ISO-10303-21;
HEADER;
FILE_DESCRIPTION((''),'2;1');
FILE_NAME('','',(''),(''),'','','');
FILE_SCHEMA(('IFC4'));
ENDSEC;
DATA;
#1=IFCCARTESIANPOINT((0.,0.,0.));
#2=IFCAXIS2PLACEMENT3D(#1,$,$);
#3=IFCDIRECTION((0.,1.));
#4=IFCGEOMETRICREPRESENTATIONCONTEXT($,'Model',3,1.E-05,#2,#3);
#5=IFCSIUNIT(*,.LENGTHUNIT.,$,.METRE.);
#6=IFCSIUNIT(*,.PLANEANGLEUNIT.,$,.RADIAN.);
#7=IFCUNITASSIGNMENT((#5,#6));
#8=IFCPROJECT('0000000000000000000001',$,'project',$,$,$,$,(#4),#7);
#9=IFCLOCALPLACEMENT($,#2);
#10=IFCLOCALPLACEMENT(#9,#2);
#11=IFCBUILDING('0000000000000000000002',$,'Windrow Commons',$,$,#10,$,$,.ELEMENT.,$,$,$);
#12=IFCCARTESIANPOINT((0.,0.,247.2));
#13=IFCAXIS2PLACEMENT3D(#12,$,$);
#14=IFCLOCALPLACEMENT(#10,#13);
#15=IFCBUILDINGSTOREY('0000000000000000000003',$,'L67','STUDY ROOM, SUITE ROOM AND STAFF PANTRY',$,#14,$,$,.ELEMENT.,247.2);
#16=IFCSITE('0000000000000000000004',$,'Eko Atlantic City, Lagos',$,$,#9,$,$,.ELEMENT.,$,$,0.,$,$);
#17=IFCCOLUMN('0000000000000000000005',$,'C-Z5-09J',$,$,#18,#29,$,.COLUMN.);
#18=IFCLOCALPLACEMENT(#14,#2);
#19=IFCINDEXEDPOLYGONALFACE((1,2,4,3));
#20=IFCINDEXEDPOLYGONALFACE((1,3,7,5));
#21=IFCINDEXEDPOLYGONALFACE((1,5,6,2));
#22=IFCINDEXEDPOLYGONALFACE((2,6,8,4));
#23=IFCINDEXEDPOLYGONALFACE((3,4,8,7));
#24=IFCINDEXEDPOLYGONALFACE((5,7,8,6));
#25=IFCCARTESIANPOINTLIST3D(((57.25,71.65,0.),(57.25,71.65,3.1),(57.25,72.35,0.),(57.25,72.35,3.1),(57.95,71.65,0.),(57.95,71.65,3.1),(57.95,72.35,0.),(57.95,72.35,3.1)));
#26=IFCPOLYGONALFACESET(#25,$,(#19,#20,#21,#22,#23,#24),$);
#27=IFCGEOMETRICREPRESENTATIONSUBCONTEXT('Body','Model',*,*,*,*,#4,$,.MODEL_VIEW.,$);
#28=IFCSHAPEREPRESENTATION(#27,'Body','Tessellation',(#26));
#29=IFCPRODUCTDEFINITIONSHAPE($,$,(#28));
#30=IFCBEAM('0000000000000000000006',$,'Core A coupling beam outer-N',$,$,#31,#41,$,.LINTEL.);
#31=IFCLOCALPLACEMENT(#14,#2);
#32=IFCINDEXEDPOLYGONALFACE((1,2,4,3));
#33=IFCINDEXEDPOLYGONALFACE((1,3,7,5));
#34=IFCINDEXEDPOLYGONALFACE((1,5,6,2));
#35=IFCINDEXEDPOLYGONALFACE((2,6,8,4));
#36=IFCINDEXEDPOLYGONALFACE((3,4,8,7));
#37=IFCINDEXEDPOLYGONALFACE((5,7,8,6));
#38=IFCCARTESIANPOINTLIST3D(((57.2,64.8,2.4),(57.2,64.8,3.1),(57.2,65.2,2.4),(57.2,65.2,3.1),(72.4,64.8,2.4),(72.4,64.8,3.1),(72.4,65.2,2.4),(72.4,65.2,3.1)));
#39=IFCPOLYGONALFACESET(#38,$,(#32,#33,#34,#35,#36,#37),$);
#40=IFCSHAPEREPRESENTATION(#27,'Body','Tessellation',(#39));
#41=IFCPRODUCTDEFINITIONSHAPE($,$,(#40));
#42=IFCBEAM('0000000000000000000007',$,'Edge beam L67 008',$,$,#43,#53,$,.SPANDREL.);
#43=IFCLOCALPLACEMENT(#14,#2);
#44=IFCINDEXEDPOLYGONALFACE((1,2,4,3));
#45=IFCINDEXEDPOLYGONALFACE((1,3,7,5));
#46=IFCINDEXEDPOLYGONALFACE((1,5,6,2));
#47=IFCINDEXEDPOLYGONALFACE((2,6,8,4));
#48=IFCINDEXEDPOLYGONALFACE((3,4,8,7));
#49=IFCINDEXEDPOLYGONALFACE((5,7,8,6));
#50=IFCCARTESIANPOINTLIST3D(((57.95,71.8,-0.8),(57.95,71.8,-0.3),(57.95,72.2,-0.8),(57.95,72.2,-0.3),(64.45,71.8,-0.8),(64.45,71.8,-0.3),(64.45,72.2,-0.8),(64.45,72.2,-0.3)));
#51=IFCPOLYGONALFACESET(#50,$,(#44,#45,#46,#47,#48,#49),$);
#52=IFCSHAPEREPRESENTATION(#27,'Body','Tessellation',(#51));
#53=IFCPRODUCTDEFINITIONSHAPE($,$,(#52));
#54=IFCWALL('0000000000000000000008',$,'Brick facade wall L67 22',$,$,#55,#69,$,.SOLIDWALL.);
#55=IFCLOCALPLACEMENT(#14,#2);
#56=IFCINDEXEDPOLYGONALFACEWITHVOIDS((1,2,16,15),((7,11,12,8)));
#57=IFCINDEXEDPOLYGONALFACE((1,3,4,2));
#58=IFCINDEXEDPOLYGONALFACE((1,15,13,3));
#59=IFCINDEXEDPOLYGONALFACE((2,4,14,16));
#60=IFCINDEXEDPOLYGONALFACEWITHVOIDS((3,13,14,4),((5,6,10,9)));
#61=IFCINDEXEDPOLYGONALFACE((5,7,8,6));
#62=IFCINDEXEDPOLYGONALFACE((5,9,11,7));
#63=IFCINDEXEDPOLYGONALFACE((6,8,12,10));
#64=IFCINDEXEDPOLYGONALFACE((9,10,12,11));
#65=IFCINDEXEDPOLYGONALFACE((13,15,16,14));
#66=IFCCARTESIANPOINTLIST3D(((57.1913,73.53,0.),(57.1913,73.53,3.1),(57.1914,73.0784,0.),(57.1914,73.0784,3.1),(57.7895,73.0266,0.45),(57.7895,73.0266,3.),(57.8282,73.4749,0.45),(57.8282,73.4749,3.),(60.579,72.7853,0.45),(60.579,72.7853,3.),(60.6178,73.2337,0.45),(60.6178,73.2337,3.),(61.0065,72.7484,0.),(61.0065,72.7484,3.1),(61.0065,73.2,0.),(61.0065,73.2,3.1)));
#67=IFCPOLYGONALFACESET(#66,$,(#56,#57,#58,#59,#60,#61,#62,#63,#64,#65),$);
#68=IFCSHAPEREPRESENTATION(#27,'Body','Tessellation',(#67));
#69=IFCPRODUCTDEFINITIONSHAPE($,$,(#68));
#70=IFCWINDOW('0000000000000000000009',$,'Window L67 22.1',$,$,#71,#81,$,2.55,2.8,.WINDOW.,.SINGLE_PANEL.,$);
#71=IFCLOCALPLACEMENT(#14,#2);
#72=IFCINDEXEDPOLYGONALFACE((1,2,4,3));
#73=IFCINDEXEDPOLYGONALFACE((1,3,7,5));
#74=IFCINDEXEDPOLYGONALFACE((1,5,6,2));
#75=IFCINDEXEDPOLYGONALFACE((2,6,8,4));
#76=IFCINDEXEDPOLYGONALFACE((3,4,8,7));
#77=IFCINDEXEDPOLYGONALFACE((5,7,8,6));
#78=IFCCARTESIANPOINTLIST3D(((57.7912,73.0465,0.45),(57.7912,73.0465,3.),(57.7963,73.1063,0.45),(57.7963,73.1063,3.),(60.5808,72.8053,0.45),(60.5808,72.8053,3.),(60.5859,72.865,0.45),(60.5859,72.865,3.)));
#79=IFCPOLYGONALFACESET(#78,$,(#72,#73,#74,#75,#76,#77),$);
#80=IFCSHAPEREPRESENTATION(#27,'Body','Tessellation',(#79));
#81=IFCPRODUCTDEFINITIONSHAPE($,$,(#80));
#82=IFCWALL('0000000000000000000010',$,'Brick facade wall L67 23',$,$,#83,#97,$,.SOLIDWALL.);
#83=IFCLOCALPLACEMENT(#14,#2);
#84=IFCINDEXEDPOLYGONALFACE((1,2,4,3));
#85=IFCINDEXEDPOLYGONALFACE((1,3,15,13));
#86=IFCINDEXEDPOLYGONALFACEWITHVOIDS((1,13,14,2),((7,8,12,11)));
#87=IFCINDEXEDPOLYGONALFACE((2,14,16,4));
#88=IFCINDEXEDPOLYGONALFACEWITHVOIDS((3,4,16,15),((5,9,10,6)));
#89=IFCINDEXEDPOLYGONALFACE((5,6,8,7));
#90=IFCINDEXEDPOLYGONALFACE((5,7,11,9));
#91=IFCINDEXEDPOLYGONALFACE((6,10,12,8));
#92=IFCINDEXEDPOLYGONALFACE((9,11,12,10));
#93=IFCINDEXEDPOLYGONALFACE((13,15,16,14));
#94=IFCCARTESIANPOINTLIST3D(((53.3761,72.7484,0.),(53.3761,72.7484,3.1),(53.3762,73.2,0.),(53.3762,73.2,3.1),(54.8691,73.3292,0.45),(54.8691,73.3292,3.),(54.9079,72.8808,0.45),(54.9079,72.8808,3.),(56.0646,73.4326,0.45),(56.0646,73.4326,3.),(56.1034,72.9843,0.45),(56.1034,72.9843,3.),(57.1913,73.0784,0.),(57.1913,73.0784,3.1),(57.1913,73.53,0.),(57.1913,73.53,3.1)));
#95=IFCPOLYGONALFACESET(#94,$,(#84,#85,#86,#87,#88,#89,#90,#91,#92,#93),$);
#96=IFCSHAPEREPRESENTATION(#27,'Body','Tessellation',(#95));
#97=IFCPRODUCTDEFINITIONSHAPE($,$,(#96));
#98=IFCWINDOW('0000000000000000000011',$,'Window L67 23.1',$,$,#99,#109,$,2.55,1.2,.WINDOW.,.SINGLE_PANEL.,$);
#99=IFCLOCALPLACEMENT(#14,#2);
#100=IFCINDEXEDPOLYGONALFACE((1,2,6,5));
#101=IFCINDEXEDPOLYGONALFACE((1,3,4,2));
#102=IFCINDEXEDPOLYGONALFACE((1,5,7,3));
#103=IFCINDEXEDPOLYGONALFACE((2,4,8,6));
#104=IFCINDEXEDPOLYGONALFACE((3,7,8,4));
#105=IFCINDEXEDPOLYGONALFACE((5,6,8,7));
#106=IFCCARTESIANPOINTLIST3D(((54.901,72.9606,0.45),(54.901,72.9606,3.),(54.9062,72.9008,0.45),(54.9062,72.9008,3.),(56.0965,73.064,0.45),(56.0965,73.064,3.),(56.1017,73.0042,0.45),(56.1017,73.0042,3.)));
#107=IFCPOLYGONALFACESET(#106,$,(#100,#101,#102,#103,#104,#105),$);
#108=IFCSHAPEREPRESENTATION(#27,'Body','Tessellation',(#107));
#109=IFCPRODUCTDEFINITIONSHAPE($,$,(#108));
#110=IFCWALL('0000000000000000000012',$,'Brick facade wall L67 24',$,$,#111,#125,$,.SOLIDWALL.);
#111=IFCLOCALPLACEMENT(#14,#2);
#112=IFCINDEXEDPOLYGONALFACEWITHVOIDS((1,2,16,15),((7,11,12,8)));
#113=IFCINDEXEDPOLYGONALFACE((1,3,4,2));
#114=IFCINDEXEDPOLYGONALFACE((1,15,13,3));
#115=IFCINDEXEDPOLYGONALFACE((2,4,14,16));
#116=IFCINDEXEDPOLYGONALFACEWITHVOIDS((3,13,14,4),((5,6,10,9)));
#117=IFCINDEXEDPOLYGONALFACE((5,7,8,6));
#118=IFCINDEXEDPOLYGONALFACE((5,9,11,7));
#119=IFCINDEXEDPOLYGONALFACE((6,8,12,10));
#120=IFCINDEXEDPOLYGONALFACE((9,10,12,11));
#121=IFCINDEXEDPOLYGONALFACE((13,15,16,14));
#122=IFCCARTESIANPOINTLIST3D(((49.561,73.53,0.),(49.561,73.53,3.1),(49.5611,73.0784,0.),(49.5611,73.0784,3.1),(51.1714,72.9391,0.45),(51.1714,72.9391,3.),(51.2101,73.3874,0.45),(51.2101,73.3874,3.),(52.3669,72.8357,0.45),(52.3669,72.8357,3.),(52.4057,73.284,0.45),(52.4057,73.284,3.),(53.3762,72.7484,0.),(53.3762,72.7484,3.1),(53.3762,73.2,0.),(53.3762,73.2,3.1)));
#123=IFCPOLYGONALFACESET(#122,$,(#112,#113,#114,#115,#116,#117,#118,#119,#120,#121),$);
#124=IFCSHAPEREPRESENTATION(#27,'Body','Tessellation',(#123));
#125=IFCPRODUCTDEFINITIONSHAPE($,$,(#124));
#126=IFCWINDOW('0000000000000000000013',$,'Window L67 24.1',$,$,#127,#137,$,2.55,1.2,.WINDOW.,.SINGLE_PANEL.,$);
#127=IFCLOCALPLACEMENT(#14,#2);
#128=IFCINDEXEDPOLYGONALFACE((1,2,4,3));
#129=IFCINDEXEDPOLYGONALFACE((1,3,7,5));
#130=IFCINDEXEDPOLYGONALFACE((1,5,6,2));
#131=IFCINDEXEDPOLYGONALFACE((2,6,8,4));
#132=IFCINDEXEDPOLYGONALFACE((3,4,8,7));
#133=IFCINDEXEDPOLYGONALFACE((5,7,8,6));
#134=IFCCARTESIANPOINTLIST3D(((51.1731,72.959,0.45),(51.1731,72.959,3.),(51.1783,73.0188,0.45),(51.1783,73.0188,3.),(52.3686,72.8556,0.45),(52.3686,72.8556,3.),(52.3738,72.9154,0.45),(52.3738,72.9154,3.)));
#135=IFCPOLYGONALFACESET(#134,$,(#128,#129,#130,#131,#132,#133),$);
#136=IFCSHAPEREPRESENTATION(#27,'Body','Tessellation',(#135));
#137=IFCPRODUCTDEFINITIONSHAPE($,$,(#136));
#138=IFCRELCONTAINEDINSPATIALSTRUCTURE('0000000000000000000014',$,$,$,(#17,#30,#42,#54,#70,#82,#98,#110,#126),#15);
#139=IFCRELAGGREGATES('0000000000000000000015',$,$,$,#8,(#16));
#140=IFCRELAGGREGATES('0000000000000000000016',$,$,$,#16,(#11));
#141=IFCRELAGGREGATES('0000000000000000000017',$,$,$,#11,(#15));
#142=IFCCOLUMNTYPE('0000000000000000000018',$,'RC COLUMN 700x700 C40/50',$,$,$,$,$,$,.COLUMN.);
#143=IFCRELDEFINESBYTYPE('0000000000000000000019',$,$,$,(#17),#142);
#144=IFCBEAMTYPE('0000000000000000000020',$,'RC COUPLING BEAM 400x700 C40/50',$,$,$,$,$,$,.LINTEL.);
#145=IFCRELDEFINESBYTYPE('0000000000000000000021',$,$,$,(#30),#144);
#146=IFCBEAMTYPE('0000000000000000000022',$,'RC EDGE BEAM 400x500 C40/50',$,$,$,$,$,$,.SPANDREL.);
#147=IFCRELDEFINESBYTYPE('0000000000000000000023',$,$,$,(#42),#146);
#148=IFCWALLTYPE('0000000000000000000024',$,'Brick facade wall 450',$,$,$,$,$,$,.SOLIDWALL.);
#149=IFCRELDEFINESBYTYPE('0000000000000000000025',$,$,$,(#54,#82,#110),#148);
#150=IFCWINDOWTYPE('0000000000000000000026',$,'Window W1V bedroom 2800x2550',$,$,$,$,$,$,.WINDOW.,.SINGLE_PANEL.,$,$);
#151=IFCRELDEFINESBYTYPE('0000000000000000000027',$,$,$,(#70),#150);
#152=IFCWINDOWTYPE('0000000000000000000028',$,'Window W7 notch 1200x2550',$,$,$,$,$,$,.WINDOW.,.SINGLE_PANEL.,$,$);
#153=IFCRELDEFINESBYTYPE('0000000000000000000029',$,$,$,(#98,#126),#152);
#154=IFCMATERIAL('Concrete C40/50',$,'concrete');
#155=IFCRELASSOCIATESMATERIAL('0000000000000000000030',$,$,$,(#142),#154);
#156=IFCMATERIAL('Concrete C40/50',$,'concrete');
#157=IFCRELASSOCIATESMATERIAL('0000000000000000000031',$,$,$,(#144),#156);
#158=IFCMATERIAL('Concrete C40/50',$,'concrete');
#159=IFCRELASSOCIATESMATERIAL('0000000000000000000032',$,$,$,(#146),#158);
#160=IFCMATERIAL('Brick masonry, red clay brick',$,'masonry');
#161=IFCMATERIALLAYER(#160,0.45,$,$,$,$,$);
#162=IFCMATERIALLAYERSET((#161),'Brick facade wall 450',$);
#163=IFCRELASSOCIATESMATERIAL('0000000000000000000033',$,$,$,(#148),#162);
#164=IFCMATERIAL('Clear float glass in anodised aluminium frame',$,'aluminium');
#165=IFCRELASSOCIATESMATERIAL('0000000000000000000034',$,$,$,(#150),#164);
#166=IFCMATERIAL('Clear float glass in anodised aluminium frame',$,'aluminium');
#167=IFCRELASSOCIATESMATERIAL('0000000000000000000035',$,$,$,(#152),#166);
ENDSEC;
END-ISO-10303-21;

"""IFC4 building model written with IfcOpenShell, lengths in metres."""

from ifc_helpers import new_model, si_unit, direction, frame, frame_2d, origin, origin_2d, place, context, subcontext, project, spatial, polyline, rectangle, outline, extrude, material, layer, layer_set, material_profile, profile_set, type_object, element, fill, save


model = new_model("IFC4")

# Units and contexts
model_context = context("Model", 3, precision=1e-05, world=origin(), true_north=direction((0.0, 1.0)))
body_context = subcontext(model_context, "Body", "Model", "MODEL_VIEW")
ifc_project = project(units=[si_unit("LENGTHUNIT", "METRE"), si_unit("PLANEANGLEUNIT", "RADIAN")], contexts=[model_context])

# Site, building, storey
site_placement = place(None, origin())
site = spatial("IfcSite", under=ifc_project, at=site_placement, Name="Eko Atlantic City, Lagos", CompositionType="ELEMENT", RefElevation=0.0)
building_placement = place(site_placement, origin())
building = spatial("IfcBuilding", under=site, at=building_placement, Name="Windrow Commons", CompositionType="ELEMENT")
storey_placement = place(building_placement, frame((0.0, 0.0, 247.2)))
storey = spatial("IfcBuildingStorey", under=building, at=storey_placement, Name="L67", Description="STUDY ROOM, SUITE ROOM AND STAFF PANTRY", CompositionType="ELEMENT", Elevation=247.2)

# Column
ifc_material_1 = material(Name="Concrete C40/50", Category="concrete")
ifc_material_profile_1 = material_profile(ifc_material_1, rectangle(XDim=0.7, YDim=0.7, at=origin_2d()))
ifc_profile_set_1 = profile_set([ifc_material_profile_1], Name="Concrete C40/50")
column_type = type_object("IfcColumnType", Name="RC COLUMN 700x700 C40/50", PredefinedType="COLUMN", material=ifc_profile_set_1)
column_placement = place(storey_placement, frame((57.6, 72.0, 0.0), z_axis=(0.0, 0.0, 1.0), x_axis=(1.0, 0.0, 0.0)))
element("IfcColumn", 1, at=column_placement, inside=storey, type_object=column_type, Name="C-Z5-09J", PredefinedType="COLUMN", context=body_context, shape_type="SweptSolid", body=[
    extrude(rectangle(XDim=0.7, YDim=0.7, at=origin_2d()), origin(), (0.0, 0.0, 1.0), 3.1),
])

# Beams
ifc_material_2 = material(Name="Concrete C40/50", Category="concrete")
ifc_material_profile_2 = material_profile(ifc_material_2, rectangle(XDim=0.4, YDim=0.7, at=origin_2d()))
ifc_profile_set_2 = profile_set([ifc_material_profile_2], Name="Concrete C40/50")
beam_type_1 = type_object("IfcBeamType", Name="RC COUPLING BEAM 400x700 C40/50", PredefinedType="LINTEL", material=ifc_profile_set_2)
beam_1_placement = place(storey_placement, frame((57.2, 65.0, 2.75), z_axis=(1.0, 0.0, 0.0), x_axis=(0.0, 1.0, 0.0)))
element("IfcBeam", 2, at=beam_1_placement, inside=storey, type_object=beam_type_1, Name="Core A coupling beam outer-N", PredefinedType="LINTEL", context=body_context, shape_type="SweptSolid", body=[
    extrude(rectangle(XDim=0.4, YDim=0.7, at=origin_2d()), origin(), (0.0, 0.0, 1.0), 15.2),
])
ifc_material_3 = material(Name="Concrete C40/50", Category="concrete")
ifc_material_profile_3 = material_profile(ifc_material_3, rectangle(XDim=0.4, YDim=0.5, at=origin_2d()))
ifc_profile_set_3 = profile_set([ifc_material_profile_3], Name="Concrete C40/50")
beam_type_2 = type_object("IfcBeamType", Name="RC EDGE BEAM 400x500 C40/50", PredefinedType="SPANDREL", material=ifc_profile_set_3)
beam_2_placement = place(storey_placement, frame((57.95, 72.0, -0.55), z_axis=(1.0, 0.0, 0.0), x_axis=(0.0, 1.0, 0.0)))
element("IfcBeam", 3, at=beam_2_placement, inside=storey, type_object=beam_type_2, Name="Edge beam L67 008", PredefinedType="SPANDREL", context=body_context, shape_type="SweptSolid", body=[
    extrude(rectangle(XDim=0.4, YDim=0.5, at=origin_2d()), origin(), (0.0, 0.0, 1.0), 6.5),
])

# Walls, openings, windows
ifc_material_4 = material(Name="Brick masonry, red clay brick", Category="masonry")
ifc_layer_1 = layer(ifc_material_4, 0.45)
ifc_layer_set_1 = layer_set([ifc_layer_1], Name="Brick facade wall 450")
wall_type_1 = type_object("IfcWallType", Name="Brick facade wall 450", PredefinedType="SOLIDWALL", material=ifc_layer_set_1)
wall_1_placement = place(storey_placement, frame((61.0065, 72.9742, 0.0), z_axis=(0.0, 0.0, 1.0), x_axis=(-0.99628, 0.086174, 0.0)))
wall_1 = element("IfcWall", 4, at=wall_1_placement, inside=storey, type_object=wall_type_1, Name="Brick facade wall L67 22", PredefinedType="SOLIDWALL", context=body_context, shape_type="SweptSolid", body=[
    extrude(outline(polyline([(0.0195, -0.225), (3.8489, -0.225), (3.8099, 0.225), (-0.0195, 0.225), (0.0195, -0.225)])), origin(), (0.0, 0.0, 1.0), 3.1),
])
opening_1_placement = place(wall_1_placement, frame((0.4096, 0.0, 0.45)))
opening_1 = element("IfcOpeningElement", 5, at=opening_1_placement, cuts=wall_1, PredefinedType="OPENING", context=body_context, shape_type="SweptSolid", body=[
    extrude(rectangle(XDim=2.8, YDim=2.55, at=frame_2d((1.4, 1.275))), frame((0.0, 0.235, 0.0), z_axis=(0.0, -1.0, 0.0), x_axis=(1.0, 0.0, 0.0)), (0.0, 0.0, 1.0), 0.47),
])
ifc_material_5 = material(Name="Clear float glass in anodised aluminium frame", Category="aluminium")
window_type_1 = type_object("IfcWindowType", Name="Window W1V bedroom 2800x2550", PartitioningType="SINGLE_PANEL", PredefinedType="WINDOW", material=ifc_material_5)
window_1_placement = place(opening_1_placement, origin())
window_1 = element("IfcWindow", 6, at=window_1_placement, inside=storey, type_object=window_type_1, Name="Window L67 22.1", OverallHeight=2.55, OverallWidth=2.8, PartitioningType="SINGLE_PANEL", PredefinedType="WINDOW", context=body_context, shape_type="SweptSolid", body=[
    extrude(rectangle(XDim=2.8, YDim=2.55, at=frame_2d((1.4, 1.275))), frame((0.0, 0.205, 0.0), z_axis=(0.0, -1.0, 0.0), x_axis=(1.0, 0.0, 0.0)), (0.0, 0.0, 1.0), 0.06),
])
fill(opening_1, window_1)
wall_2_placement = place(storey_placement, frame((57.1913, 73.3042, 0.0), z_axis=(0.0, 0.0, 1.0), x_axis=(-0.99628, -0.086177, 0.0)))
wall_2 = element("IfcWall", 7, at=wall_2_placement, inside=storey, type_object=wall_type_1, Name="Brick facade wall L67 23", PredefinedType="SOLIDWALL", context=body_context, shape_type="SweptSolid", body=[
    extrude(outline(polyline([(-0.0195, -0.225), (3.8099, -0.225), (3.8489, 0.225), (0.0195, 0.225), (-0.0195, -0.225)])), origin(), (0.0, 0.0, 1.0), 3.1),
])
opening_2_placement = place(wall_2_placement, frame((1.1114, 0.0, 0.45)))
opening_2 = element("IfcOpeningElement", 8, at=opening_2_placement, cuts=wall_2, PredefinedType="OPENING", context=body_context, shape_type="SweptSolid", body=[
    extrude(rectangle(XDim=1.2, YDim=2.55, at=frame_2d((0.6, 1.275))), frame((0.0, 0.235, 0.0), z_axis=(0.0, -1.0, 0.0), x_axis=(1.0, 0.0, 0.0)), (0.0, 0.0, 1.0), 0.47),
])
ifc_material_6 = material(Name="Clear float glass in anodised aluminium frame", Category="aluminium")
window_type_2 = type_object("IfcWindowType", Name="Window W7 notch 1200x2550", PartitioningType="SINGLE_PANEL", PredefinedType="WINDOW", material=ifc_material_6)
window_2_placement = place(opening_2_placement, origin())
window_2 = element("IfcWindow", 9, at=window_2_placement, inside=storey, type_object=window_type_2, Name="Window L67 23.1", OverallHeight=2.55, OverallWidth=1.2, PartitioningType="SINGLE_PANEL", PredefinedType="WINDOW", context=body_context, shape_type="SweptSolid", body=[
    extrude(rectangle(XDim=1.2, YDim=2.55, at=frame_2d((0.6, 1.275))), frame((0.0, 0.205, 0.0), z_axis=(0.0, -1.0, 0.0), x_axis=(1.0, 0.0, 0.0)), (0.0, 0.0, 1.0), 0.06),
])
fill(opening_2, window_2)
wall_3_placement = place(storey_placement, frame((53.3762, 72.9742, 0.0), z_axis=(0.0, 0.0, 1.0), x_axis=(-0.99628, 0.086174, 0.0)))
wall_3 = element("IfcWall", 10, at=wall_3_placement, inside=storey, type_object=wall_type_1, Name="Brick facade wall L67 24", PredefinedType="SOLIDWALL", context=body_context, shape_type="SweptSolid", body=[
    extrude(outline(polyline([(0.0195, -0.225), (3.8489, -0.225), (3.8099, 0.225), (-0.0195, 0.225), (0.0195, -0.225)])), origin(), (0.0, 0.0, 1.0), 3.1),
])
opening_3_placement = place(wall_3_placement, frame((0.9936, 0.0, 0.45)))
opening_3 = element("IfcOpeningElement", 11, at=opening_3_placement, cuts=wall_3, PredefinedType="OPENING", context=body_context, shape_type="SweptSolid", body=[
    extrude(rectangle(XDim=1.2, YDim=2.55, at=frame_2d((0.6, 1.275))), frame((0.0, 0.235, 0.0), z_axis=(0.0, -1.0, 0.0), x_axis=(1.0, 0.0, 0.0)), (0.0, 0.0, 1.0), 0.47),
])
window_3_placement = place(opening_3_placement, origin())
window_3 = element("IfcWindow", 12, at=window_3_placement, inside=storey, type_object=window_type_2, Name="Window L67 24.1", OverallHeight=2.55, OverallWidth=1.2, PartitioningType="SINGLE_PANEL", PredefinedType="WINDOW", context=body_context, shape_type="SweptSolid", body=[
    extrude(rectangle(XDim=1.2, YDim=2.55, at=frame_2d((0.6, 1.275))), frame((0.0, 0.205, 0.0), z_axis=(0.0, -1.0, 0.0), x_axis=(1.0, 0.0, 0.0)), (0.0, 0.0, 1.0), 0.06),
])
fill(opening_3, window_3)

save(model, "model.ifc")
